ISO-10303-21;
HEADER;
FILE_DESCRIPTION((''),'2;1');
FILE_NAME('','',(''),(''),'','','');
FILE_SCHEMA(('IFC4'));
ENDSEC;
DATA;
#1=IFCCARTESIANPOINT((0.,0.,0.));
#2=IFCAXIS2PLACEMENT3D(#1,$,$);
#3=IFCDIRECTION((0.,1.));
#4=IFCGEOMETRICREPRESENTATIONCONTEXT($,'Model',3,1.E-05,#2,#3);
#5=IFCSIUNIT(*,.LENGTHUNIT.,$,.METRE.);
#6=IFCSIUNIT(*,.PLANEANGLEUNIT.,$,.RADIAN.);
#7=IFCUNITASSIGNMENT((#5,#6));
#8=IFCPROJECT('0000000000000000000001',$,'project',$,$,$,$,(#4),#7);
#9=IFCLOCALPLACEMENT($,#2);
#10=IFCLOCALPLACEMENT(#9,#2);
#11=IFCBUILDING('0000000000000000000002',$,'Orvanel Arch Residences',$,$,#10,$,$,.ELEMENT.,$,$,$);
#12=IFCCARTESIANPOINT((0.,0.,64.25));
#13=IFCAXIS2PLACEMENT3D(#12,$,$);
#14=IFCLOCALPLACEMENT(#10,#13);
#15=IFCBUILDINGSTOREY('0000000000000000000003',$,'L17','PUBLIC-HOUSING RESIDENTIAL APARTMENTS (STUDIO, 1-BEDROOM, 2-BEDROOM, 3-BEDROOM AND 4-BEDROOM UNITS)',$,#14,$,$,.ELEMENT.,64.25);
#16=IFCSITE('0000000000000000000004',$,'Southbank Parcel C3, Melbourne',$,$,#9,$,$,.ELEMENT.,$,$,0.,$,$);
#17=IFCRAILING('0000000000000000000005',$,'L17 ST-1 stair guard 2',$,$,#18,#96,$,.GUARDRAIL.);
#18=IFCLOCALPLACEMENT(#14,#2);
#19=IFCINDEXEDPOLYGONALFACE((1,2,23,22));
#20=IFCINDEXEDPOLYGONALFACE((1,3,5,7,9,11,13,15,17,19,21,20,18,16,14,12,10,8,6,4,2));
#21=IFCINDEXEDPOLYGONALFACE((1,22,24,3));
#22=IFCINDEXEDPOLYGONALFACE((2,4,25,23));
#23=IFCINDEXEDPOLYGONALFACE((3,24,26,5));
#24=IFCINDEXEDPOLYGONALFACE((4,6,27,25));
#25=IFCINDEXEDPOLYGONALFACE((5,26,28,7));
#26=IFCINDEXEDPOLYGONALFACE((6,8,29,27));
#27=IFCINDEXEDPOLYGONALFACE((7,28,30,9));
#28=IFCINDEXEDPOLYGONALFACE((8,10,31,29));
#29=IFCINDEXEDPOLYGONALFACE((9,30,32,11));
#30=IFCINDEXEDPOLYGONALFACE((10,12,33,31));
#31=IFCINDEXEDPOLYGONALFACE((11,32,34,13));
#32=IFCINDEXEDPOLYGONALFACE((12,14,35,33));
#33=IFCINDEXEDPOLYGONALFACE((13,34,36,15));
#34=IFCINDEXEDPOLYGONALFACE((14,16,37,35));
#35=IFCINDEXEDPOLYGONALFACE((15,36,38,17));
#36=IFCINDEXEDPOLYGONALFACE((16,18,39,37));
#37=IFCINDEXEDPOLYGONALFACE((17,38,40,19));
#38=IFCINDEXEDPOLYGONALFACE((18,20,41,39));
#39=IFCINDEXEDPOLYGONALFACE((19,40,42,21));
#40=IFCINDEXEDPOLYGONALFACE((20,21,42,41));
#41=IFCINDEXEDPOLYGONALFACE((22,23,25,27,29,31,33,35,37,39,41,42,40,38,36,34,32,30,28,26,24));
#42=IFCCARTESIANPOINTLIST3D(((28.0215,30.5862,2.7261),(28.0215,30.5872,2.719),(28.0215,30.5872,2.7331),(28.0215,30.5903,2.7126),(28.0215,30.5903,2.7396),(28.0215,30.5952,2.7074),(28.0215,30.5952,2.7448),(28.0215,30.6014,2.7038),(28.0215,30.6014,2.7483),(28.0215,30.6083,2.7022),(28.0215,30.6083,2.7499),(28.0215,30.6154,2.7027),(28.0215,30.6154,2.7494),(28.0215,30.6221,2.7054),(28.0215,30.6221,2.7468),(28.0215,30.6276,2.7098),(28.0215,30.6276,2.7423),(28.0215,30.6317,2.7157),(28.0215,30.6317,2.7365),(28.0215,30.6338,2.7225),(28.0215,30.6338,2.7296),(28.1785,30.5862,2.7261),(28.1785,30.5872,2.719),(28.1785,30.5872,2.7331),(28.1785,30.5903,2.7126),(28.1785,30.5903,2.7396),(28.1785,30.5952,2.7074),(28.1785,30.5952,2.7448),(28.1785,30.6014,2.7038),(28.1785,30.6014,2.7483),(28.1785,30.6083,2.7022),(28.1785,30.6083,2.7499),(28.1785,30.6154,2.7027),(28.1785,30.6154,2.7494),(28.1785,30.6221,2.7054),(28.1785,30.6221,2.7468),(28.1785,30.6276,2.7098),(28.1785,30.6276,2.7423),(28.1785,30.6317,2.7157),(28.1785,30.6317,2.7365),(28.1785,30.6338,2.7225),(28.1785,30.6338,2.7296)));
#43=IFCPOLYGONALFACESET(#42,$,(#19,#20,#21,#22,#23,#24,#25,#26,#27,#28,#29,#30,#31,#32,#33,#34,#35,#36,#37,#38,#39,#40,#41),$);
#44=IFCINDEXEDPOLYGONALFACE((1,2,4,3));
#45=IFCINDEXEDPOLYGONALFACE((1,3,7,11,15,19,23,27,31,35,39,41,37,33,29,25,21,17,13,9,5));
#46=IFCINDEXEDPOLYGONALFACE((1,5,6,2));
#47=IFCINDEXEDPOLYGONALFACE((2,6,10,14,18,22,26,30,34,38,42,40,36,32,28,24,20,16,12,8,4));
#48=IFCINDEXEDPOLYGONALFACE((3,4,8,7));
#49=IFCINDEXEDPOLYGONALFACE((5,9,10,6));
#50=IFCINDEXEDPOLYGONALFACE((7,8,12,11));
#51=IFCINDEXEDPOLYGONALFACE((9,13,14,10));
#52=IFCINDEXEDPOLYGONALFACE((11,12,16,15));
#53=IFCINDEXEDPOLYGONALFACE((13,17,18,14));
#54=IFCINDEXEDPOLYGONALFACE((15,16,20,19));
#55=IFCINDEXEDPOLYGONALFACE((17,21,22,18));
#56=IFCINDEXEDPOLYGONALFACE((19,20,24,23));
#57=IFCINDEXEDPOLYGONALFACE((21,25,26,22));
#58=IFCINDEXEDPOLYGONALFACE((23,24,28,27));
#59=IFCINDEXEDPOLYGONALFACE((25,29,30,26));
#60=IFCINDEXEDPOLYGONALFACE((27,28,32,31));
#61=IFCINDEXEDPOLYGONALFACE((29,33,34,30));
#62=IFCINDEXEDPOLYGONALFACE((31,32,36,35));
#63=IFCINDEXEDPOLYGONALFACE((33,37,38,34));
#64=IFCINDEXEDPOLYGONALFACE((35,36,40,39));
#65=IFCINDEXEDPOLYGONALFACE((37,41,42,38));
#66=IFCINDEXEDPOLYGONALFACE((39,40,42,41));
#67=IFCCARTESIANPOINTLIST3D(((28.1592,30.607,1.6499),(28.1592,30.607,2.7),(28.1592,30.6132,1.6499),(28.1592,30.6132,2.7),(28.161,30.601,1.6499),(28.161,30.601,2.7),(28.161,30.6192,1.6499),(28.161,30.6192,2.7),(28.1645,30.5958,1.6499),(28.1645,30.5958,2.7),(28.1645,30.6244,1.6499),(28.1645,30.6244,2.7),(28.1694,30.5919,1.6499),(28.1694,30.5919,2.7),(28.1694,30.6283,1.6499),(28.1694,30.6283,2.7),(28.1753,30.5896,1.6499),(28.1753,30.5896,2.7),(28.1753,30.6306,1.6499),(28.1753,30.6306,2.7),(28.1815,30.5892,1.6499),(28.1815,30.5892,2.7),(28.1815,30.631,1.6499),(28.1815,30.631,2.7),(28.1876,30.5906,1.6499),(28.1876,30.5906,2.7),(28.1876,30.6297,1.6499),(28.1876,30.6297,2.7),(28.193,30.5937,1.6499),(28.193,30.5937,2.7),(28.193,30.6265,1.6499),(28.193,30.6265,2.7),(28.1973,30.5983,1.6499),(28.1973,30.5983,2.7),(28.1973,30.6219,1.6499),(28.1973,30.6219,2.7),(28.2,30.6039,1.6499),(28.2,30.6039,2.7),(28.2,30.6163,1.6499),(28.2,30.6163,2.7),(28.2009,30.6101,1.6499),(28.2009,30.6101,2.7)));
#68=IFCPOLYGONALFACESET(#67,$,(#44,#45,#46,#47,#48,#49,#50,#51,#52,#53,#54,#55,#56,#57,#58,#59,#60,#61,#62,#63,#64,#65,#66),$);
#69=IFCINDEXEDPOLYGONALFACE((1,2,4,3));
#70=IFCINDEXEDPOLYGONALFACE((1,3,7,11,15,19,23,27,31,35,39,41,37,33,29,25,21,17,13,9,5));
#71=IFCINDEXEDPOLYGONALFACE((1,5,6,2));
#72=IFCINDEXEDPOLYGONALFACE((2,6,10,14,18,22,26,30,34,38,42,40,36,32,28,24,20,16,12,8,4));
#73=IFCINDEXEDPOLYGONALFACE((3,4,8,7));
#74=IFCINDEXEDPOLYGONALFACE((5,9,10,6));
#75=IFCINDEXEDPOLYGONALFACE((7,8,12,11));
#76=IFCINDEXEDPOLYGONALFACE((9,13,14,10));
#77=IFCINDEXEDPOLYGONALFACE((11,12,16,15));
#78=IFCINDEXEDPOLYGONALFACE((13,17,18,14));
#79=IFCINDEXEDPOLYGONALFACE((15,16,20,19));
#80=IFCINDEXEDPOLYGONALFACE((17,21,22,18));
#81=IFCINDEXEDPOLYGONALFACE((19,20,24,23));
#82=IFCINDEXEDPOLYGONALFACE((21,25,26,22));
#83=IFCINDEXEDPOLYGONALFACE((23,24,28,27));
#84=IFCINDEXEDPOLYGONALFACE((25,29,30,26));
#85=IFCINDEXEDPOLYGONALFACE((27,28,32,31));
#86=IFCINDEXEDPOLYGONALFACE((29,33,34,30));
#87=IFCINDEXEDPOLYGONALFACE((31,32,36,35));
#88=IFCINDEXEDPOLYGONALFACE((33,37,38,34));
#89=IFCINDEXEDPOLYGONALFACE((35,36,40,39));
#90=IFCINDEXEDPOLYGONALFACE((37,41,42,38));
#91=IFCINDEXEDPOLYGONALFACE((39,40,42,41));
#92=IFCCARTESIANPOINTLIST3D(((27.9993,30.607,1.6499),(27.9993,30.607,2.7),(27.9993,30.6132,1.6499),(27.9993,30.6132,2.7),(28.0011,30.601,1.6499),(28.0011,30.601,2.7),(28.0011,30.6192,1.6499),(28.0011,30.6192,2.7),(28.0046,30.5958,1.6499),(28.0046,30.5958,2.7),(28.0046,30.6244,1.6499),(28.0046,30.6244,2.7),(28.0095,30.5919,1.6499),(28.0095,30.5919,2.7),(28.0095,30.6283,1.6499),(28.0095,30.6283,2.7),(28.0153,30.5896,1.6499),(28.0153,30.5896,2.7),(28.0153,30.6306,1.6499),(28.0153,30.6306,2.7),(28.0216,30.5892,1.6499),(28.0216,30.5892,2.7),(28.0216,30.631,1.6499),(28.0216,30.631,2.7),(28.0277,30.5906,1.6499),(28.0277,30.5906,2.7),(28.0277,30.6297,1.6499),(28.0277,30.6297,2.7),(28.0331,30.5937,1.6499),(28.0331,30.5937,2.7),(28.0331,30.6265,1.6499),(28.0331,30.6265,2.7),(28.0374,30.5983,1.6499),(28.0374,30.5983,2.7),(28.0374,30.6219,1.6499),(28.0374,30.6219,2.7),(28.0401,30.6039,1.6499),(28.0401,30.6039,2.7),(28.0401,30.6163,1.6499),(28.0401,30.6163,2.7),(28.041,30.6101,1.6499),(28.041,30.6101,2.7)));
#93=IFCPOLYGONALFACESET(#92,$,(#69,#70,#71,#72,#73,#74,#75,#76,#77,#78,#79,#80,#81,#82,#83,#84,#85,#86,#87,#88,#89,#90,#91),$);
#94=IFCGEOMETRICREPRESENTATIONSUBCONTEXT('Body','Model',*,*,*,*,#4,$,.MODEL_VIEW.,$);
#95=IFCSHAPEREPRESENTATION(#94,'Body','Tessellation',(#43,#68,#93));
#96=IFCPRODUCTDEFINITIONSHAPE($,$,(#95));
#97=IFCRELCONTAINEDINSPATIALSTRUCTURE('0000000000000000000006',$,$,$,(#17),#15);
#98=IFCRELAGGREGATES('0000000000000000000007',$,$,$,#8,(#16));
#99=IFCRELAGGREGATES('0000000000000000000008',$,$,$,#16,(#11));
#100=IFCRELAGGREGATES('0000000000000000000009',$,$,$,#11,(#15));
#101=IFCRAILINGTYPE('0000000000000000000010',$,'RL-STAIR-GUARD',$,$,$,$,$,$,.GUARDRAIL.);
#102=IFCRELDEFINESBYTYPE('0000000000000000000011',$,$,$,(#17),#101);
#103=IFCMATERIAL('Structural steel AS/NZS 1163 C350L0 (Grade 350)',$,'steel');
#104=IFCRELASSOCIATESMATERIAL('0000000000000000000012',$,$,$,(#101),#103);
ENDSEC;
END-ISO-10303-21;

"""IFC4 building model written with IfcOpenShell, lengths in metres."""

from ifc_helpers import new_model, si_unit, direction, frame, origin, origin_2d, place, context, subcontext, project, spatial, circle, extrude, material, type_object, element, save


model = new_model("IFC4")

# Units and contexts
model_context = context("Model", 3, precision=1e-05, world=origin(), true_north=direction((0.0, 1.0)))
body_context = subcontext(model_context, "Body", "Model", "MODEL_VIEW")
ifc_project = project(units=[si_unit("LENGTHUNIT", "METRE"), si_unit("PLANEANGLEUNIT", "RADIAN")], contexts=[model_context])

# Site, building, storey
site_placement = place(None, origin())
site = spatial("IfcSite", under=ifc_project, at=site_placement, Name="Southbank Parcel C3, Melbourne", CompositionType="ELEMENT", RefElevation=0.0)
building_placement = place(site_placement, origin())
building = spatial("IfcBuilding", under=site, at=building_placement, Name="Orvanel Arch Residences", CompositionType="ELEMENT")
storey_placement = place(building_placement, frame((0.0, 0.0, 64.25)))
storey = spatial("IfcBuildingStorey", under=building, at=storey_placement, Name="L17", Description="PUBLIC-HOUSING RESIDENTIAL APARTMENTS (STUDIO, 1-BEDROOM, 2-BEDROOM, 3-BEDROOM AND 4-BEDROOM UNITS)", CompositionType="ELEMENT", Elevation=64.25)

# Railing
ifc_material_1 = material(Name="Structural steel AS/NZS 1163 C350L0 (Grade 350)", Category="steel")
railing_type_1 = type_object("IfcRailingType", Name="RL-STAIR-GUARD", PredefinedType="GUARDRAIL", material=ifc_material_1)
railing_1_placement = place(storey_placement, frame((28.1799, 30.6101, 1.6499)))
element("IfcRailing", 1, at=railing_1_placement, inside=storey, type_object=railing_type_1, Name="L17 ST-1 stair guard 2", PredefinedType="GUARDRAIL", context=body_context, shape_type="SweptSolid", body=[
    extrude(circle(Radius=0.0239, at=origin_2d()), frame((-0.0015, 0.0, 1.0762), z_axis=(-1.0, 0.0, 0.0), x_axis=(0.0, -1.0, 0.0)), (0.0, 0.0, 1.0), 0.157),
    extrude(circle(Radius=0.021, at=origin_2d()), origin(), (0.0, 0.0, 1.0), 1.05),
    extrude(circle(Radius=0.021, at=origin_2d()), frame((-0.1599, 0.0, 0.0)), (0.0, 0.0, 1.0), 1.05),
])

save(model, "model.ifc")
